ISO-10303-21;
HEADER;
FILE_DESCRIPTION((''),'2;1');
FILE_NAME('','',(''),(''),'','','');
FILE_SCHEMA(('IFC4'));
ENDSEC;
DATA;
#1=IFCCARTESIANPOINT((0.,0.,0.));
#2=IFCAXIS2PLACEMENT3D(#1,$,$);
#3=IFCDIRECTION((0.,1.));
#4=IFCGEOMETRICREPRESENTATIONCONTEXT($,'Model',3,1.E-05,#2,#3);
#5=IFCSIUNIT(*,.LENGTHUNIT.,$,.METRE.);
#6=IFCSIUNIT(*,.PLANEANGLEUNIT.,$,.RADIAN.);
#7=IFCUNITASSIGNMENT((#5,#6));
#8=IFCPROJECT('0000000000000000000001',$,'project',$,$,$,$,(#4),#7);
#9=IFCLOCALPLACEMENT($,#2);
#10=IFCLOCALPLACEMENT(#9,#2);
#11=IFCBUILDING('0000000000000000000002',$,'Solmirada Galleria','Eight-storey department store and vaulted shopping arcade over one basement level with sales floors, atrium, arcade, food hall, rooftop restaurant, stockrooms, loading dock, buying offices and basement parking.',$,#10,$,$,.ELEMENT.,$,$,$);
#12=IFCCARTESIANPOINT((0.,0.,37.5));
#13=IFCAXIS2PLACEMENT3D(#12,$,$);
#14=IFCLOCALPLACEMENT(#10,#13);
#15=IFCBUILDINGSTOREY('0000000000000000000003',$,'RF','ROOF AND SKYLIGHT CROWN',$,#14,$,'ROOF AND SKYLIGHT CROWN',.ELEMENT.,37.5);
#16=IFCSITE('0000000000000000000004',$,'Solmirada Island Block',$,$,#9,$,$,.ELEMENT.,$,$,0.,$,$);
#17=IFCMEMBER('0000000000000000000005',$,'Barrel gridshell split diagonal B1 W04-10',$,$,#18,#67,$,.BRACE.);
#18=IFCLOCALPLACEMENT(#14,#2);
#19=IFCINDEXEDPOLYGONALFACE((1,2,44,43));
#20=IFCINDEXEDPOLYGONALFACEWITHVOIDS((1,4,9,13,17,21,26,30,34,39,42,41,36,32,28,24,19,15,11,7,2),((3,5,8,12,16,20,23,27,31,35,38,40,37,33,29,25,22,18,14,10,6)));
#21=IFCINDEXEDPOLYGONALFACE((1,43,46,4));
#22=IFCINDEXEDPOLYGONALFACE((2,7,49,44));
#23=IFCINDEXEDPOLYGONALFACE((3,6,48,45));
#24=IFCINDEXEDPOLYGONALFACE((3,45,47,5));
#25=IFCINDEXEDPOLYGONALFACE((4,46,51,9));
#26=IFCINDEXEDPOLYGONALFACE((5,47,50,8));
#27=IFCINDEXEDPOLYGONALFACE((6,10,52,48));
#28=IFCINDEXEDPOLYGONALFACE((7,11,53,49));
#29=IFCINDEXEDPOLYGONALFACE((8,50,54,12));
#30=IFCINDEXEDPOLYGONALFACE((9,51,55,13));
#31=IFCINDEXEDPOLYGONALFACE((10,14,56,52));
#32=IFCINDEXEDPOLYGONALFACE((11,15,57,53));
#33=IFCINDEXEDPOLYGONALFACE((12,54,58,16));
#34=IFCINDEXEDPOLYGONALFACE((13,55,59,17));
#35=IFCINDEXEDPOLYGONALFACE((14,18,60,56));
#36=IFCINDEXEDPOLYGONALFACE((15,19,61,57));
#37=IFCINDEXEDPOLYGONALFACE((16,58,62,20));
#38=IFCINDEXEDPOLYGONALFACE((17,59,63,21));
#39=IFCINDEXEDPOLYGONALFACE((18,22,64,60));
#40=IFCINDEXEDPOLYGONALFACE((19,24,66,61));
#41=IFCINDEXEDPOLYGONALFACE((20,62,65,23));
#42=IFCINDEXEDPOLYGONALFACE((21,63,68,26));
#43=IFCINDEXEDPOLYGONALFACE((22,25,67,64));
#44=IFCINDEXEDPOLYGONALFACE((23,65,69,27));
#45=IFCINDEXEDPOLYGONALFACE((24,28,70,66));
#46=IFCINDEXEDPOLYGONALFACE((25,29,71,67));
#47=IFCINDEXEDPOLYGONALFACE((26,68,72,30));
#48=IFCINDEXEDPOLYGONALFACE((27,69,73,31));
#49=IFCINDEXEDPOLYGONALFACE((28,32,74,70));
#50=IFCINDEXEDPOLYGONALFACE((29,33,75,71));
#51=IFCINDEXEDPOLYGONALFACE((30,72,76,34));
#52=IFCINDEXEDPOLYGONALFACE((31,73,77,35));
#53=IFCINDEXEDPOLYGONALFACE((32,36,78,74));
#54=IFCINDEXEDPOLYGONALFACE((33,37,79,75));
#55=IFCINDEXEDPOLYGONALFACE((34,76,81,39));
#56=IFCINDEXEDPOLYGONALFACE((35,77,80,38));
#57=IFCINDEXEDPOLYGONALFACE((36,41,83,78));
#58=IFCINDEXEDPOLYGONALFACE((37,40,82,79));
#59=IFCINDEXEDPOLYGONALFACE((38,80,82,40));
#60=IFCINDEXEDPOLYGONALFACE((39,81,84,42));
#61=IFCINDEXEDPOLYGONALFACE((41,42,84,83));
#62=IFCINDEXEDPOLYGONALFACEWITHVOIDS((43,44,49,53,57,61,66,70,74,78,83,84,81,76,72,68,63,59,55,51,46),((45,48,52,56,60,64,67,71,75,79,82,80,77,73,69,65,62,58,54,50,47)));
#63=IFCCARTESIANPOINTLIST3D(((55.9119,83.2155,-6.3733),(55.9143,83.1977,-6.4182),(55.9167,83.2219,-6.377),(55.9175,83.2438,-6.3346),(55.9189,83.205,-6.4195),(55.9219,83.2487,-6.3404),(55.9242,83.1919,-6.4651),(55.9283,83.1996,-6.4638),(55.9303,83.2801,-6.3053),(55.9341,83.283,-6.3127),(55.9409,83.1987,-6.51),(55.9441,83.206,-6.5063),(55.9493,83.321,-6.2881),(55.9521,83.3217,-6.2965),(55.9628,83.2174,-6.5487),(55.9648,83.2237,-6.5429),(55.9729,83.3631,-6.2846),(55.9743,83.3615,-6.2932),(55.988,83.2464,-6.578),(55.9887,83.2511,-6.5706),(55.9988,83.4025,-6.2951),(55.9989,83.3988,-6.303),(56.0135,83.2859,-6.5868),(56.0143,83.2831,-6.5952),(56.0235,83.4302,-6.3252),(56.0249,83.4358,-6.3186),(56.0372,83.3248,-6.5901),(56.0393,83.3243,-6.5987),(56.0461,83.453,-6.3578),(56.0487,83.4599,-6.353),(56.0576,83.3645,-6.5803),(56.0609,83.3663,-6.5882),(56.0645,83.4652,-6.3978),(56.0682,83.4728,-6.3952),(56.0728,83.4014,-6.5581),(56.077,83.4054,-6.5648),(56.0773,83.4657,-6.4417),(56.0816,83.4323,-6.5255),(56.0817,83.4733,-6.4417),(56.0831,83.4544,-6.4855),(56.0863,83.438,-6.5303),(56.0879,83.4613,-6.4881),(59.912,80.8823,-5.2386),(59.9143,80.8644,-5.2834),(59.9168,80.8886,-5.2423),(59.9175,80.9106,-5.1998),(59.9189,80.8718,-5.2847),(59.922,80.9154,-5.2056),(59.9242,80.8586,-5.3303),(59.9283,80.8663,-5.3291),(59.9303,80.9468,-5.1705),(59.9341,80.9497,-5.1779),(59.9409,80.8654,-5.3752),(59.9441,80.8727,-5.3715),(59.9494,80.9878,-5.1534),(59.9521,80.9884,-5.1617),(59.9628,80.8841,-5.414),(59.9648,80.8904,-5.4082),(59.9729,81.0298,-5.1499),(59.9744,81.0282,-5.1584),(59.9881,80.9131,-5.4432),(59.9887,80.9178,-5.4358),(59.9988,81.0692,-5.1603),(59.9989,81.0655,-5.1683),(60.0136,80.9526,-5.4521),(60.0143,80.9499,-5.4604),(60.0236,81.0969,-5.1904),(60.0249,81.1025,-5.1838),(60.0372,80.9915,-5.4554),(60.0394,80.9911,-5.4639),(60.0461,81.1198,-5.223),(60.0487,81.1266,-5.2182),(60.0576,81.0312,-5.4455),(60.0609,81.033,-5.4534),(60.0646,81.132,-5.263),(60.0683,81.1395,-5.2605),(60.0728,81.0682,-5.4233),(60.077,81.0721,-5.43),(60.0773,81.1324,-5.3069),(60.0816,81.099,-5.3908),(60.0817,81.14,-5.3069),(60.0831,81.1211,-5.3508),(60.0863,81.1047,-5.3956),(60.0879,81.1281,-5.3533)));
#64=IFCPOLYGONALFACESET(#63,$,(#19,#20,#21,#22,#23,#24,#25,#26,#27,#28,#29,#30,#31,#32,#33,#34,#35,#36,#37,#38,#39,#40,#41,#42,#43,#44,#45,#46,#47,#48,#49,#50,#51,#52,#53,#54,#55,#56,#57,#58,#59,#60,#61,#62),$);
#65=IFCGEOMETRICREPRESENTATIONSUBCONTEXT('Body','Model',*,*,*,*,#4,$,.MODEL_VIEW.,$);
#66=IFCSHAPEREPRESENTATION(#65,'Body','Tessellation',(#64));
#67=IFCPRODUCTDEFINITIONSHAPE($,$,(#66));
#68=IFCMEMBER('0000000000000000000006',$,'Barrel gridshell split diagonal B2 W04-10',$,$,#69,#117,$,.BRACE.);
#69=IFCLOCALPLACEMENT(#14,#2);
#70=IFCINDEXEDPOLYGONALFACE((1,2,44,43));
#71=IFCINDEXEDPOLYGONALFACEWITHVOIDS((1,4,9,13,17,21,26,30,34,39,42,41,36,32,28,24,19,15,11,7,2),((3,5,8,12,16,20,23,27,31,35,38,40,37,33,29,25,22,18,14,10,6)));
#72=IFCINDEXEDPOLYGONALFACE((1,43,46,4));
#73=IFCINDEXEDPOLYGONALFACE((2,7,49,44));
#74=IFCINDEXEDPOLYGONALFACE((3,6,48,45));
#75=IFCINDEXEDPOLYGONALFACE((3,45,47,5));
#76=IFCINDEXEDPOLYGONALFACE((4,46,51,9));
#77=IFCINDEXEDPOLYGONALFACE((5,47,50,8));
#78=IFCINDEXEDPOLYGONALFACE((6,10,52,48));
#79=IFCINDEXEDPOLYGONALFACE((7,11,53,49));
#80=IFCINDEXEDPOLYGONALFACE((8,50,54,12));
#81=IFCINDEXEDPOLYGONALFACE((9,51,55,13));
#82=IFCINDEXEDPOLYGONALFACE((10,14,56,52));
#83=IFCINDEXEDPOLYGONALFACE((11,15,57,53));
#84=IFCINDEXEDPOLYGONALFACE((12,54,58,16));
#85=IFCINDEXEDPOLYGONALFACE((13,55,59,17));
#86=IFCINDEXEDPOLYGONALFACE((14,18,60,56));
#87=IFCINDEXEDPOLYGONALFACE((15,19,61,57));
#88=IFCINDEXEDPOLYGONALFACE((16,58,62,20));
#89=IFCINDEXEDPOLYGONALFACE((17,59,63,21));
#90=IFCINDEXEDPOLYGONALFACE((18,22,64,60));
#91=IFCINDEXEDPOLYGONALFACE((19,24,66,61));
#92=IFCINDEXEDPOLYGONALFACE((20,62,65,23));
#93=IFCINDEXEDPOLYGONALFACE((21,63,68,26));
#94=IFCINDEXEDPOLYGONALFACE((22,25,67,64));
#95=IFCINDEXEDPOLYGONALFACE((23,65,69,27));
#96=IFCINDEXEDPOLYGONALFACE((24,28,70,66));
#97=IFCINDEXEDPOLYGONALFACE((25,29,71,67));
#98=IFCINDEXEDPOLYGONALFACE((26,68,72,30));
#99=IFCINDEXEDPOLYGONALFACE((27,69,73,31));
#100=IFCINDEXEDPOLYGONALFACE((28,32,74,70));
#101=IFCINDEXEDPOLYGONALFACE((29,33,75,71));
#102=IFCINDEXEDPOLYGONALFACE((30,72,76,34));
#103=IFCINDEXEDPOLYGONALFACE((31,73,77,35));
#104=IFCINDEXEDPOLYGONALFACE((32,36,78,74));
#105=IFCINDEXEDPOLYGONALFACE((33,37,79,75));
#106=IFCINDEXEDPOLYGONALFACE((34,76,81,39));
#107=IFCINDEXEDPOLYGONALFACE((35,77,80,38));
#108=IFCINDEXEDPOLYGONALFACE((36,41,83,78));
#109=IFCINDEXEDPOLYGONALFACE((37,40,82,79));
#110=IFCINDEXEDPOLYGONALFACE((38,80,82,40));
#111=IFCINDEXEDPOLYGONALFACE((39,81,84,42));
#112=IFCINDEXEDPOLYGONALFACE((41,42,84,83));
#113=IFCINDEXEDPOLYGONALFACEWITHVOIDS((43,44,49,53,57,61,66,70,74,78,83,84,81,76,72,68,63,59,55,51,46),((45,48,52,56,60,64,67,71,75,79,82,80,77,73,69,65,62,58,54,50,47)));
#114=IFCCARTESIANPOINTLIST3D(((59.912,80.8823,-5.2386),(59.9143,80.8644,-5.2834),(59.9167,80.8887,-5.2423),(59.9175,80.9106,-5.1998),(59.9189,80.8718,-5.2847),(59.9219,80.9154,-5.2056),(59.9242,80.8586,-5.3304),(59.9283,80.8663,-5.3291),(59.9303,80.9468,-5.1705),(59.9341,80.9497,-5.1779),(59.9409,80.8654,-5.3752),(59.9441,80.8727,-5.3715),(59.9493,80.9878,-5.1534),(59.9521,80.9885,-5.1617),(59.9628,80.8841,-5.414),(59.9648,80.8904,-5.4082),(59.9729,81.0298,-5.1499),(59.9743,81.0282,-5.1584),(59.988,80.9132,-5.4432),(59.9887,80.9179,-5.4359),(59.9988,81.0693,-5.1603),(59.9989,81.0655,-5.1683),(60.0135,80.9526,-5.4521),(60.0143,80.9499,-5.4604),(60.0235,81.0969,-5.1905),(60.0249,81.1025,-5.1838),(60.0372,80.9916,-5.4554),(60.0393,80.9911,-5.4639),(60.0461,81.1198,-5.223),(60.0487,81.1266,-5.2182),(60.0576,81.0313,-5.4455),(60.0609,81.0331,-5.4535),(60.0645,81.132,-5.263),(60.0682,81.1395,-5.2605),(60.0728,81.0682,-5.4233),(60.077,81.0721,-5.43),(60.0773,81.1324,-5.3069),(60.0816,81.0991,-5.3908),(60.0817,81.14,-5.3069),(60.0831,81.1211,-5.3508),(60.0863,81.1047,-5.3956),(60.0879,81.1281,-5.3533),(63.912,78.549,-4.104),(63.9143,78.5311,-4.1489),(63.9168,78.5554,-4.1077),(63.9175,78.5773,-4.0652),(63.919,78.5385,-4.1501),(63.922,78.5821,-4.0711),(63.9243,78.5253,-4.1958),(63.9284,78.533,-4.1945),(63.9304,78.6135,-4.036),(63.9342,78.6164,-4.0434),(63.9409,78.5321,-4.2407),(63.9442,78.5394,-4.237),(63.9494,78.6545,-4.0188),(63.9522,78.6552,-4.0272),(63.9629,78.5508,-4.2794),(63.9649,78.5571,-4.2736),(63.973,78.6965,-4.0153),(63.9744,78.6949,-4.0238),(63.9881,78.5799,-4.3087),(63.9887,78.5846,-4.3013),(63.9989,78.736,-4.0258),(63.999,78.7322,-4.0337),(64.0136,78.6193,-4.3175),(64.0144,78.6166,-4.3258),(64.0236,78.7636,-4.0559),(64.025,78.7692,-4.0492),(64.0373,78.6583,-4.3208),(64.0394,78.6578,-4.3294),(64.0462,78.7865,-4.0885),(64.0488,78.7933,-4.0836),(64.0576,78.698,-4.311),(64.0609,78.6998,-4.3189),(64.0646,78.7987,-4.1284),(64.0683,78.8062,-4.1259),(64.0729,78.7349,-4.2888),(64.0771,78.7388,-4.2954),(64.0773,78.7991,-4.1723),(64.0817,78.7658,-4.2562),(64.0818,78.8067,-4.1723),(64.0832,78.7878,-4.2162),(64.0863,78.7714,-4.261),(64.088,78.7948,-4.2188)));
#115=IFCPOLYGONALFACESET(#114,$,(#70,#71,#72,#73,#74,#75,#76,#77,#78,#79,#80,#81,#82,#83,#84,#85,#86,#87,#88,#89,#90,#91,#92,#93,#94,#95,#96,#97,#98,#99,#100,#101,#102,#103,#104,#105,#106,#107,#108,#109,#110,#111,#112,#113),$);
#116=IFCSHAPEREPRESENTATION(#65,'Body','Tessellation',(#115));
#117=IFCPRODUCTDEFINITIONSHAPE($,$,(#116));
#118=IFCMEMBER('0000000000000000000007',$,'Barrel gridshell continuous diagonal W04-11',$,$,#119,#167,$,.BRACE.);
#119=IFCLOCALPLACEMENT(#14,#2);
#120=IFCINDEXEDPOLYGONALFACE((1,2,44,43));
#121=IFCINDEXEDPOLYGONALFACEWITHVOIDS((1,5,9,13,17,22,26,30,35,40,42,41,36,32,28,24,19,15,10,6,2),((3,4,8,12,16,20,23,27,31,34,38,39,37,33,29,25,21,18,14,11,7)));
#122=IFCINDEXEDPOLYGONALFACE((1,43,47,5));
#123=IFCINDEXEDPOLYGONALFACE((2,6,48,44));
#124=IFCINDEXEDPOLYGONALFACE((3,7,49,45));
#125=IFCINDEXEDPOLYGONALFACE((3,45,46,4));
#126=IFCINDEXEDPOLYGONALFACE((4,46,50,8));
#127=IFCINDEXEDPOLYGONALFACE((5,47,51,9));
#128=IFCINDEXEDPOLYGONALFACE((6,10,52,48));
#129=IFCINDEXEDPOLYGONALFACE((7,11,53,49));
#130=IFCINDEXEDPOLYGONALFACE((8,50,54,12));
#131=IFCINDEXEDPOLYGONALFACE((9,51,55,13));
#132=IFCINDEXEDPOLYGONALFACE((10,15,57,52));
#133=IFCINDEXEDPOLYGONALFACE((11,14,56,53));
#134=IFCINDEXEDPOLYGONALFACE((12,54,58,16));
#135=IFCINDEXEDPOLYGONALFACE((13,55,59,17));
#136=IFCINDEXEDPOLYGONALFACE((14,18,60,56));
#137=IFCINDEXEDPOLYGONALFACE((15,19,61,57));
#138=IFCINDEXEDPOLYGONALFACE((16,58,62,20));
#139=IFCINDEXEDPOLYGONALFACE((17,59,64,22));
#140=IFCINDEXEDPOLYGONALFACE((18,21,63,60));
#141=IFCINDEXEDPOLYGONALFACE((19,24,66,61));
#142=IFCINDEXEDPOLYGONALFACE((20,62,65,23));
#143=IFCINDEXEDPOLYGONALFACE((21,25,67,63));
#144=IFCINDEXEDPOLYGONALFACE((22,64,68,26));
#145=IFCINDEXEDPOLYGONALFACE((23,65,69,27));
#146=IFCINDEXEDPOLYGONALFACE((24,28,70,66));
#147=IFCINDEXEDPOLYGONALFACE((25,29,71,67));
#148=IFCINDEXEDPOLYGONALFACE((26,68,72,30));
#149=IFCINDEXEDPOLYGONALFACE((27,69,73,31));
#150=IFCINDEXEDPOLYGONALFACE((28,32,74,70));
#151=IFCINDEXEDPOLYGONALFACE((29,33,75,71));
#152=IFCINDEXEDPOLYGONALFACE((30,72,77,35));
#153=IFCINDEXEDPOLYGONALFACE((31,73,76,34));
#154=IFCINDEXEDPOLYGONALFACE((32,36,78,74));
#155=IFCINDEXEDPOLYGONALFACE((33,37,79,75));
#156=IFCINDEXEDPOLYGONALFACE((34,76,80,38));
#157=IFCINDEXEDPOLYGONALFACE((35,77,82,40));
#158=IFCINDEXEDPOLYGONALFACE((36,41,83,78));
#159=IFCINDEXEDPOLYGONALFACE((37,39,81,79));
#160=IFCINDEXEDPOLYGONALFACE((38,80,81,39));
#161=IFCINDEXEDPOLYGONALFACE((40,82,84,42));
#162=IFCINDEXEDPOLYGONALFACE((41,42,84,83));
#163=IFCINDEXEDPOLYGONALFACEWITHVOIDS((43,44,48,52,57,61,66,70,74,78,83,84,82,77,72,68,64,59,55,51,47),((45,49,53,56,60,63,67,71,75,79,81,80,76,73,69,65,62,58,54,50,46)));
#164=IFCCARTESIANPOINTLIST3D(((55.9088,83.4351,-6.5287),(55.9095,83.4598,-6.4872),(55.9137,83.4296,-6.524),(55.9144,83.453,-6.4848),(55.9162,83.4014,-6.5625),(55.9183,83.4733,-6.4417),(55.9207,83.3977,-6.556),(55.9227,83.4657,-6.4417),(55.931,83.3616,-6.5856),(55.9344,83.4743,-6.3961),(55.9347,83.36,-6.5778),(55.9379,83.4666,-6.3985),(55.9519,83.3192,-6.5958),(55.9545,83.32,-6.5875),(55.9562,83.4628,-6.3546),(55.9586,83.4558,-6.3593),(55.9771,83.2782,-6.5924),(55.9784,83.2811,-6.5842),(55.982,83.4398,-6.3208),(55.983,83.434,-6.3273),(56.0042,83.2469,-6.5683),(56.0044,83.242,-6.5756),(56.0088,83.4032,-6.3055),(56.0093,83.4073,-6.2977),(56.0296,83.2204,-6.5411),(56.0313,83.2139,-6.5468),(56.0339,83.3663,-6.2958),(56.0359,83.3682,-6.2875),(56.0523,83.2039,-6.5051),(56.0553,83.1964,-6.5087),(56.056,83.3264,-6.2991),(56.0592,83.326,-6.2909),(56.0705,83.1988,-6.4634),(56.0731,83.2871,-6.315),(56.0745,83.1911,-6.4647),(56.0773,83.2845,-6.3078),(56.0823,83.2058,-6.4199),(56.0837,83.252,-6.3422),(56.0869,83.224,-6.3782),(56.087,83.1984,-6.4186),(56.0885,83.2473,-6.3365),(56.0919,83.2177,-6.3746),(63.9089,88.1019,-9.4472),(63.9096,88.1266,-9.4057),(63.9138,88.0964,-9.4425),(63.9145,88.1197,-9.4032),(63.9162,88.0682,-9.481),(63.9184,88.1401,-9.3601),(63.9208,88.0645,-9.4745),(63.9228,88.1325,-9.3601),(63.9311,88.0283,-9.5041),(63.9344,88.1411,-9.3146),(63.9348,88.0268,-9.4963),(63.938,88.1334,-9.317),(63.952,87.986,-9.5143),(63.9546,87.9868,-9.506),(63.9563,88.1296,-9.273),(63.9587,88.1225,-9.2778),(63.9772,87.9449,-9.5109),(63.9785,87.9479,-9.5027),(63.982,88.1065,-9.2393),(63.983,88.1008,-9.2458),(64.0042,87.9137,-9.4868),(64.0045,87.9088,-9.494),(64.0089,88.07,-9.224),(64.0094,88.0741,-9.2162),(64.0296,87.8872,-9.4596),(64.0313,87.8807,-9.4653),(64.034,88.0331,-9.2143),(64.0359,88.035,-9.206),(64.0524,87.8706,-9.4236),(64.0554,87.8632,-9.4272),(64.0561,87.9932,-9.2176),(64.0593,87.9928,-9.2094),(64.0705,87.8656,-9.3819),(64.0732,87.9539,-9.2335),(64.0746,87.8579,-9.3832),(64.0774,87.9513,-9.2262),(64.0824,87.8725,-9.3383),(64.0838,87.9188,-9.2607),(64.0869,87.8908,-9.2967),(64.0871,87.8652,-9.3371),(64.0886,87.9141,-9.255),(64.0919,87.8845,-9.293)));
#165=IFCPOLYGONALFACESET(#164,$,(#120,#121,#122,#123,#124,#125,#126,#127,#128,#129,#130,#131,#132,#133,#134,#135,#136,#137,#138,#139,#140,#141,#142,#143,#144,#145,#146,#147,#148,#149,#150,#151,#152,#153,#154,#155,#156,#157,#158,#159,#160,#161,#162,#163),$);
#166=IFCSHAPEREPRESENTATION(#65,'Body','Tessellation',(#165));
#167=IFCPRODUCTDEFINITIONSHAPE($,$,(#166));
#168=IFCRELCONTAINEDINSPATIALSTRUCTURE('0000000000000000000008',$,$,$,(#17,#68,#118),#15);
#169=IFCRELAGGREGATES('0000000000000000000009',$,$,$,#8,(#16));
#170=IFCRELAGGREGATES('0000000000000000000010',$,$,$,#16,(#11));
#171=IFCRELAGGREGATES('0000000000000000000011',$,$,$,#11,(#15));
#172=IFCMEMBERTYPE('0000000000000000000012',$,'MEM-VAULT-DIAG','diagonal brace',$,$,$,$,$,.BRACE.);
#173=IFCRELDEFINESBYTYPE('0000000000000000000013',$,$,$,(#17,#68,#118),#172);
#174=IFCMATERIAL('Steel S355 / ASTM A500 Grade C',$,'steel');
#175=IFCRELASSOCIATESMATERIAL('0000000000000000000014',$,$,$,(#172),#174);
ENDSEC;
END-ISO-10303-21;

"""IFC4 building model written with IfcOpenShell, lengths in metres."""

from ifc_helpers import new_model, si_unit, direction, frame, origin, origin_2d, place, context, subcontext, project, spatial, hollow_circle, extrude, material, material_profile, profile_set, type_object, element, save


model = new_model("IFC4")

# Units and contexts
model_context = context("Model", 3, precision=1e-05, world=origin(), true_north=direction((0.0, 1.0)))
body_context = subcontext(model_context, "Body", "Model", "MODEL_VIEW")
ifc_project = project(units=[si_unit("LENGTHUNIT", "METRE"), si_unit("PLANEANGLEUNIT", "RADIAN")], contexts=[model_context])

# Site, building, storey
site_placement = place(None, origin())
site = spatial("IfcSite", under=ifc_project, at=site_placement, Name="Solmirada Island Block", CompositionType="ELEMENT", RefElevation=0.0)
building_placement = place(site_placement, origin())
building = spatial("IfcBuilding", under=site, at=building_placement, Name="Solmirada Galleria", Description="Eight-storey department store and vaulted shopping arcade over one basement level with sales floors, atrium, arcade, food hall, rooftop restaurant, stockrooms, loading dock, buying offices and basement parking.", CompositionType="ELEMENT")
storey_placement = place(building_placement, frame((0.0, 0.0, 37.5)))
storey = spatial("IfcBuildingStorey", under=building, at=storey_placement, Name="RF", Description="ROOF AND SKYLIGHT CROWN", LongName="ROOF AND SKYLIGHT CROWN", CompositionType="ELEMENT", Elevation=37.5)

# Members
ifc_material_1 = material(Name="Steel S355 / ASTM A500 Grade C", Category="steel")
ifc_material_profile_1 = material_profile(ifc_material_1, hollow_circle(Radius=0.1621, WallThickness=0.0088, at=origin_2d()), Name="HSS12.750X0.375")
ifc_profile_set_1 = profile_set([ifc_material_profile_1], Name="Steel S355 / ASTM A500 Grade C")
member_type_1 = type_object("IfcMemberType", Name="MEM-VAULT-DIAG", Description="diagonal brace", PredefinedType="BRACE", material=ifc_profile_set_1)
for number, where, z_axis, x_axis, name in (
    (1, (56.0, 83.3333, -6.4417), (0.838964, -0.489379, 0.238007), (0.503858, 0.863787, 0.0), "Barrel gridshell split diagonal B1 W04-10"),
    (2, (60.0, 81.0, -5.3069), (0.838975, -0.489385, 0.237959), (0.503858, 0.863787, 0.0), "Barrel gridshell split diagonal B2 W04-10"),
):
    element("IfcMember", number, at=place(storey_placement, frame(where, z_axis=z_axis, x_axis=x_axis)), inside=storey, type_object=member_type_1, Name=name, PredefinedType="BRACE", context=body_context, shape_type="SweptSolid", body=[
        extrude(hollow_circle(Radius=0.1621, WallThickness=0.0088, at=origin_2d()), origin(), (0.0, 0.0, 1.0), 4.7678),
    ])
member_1_placement = place(storey_placement, frame((56.0, 83.3333, -6.4417), z_axis=(0.823841, 0.480582, -0.300543), x_axis=(-0.503878, 0.863775, 0.0)))
element("IfcMember", 3, at=member_1_placement, inside=storey, type_object=member_type_1, Name="Barrel gridshell continuous diagonal W04-11", PredefinedType="BRACE", context=body_context, shape_type="SweptSolid", body=[
    extrude(hollow_circle(Radius=0.1621, WallThickness=0.0088, at=origin_2d()), origin(), (0.0, 0.0, 1.0), 9.7107),
])

save(model, "model.ifc")
